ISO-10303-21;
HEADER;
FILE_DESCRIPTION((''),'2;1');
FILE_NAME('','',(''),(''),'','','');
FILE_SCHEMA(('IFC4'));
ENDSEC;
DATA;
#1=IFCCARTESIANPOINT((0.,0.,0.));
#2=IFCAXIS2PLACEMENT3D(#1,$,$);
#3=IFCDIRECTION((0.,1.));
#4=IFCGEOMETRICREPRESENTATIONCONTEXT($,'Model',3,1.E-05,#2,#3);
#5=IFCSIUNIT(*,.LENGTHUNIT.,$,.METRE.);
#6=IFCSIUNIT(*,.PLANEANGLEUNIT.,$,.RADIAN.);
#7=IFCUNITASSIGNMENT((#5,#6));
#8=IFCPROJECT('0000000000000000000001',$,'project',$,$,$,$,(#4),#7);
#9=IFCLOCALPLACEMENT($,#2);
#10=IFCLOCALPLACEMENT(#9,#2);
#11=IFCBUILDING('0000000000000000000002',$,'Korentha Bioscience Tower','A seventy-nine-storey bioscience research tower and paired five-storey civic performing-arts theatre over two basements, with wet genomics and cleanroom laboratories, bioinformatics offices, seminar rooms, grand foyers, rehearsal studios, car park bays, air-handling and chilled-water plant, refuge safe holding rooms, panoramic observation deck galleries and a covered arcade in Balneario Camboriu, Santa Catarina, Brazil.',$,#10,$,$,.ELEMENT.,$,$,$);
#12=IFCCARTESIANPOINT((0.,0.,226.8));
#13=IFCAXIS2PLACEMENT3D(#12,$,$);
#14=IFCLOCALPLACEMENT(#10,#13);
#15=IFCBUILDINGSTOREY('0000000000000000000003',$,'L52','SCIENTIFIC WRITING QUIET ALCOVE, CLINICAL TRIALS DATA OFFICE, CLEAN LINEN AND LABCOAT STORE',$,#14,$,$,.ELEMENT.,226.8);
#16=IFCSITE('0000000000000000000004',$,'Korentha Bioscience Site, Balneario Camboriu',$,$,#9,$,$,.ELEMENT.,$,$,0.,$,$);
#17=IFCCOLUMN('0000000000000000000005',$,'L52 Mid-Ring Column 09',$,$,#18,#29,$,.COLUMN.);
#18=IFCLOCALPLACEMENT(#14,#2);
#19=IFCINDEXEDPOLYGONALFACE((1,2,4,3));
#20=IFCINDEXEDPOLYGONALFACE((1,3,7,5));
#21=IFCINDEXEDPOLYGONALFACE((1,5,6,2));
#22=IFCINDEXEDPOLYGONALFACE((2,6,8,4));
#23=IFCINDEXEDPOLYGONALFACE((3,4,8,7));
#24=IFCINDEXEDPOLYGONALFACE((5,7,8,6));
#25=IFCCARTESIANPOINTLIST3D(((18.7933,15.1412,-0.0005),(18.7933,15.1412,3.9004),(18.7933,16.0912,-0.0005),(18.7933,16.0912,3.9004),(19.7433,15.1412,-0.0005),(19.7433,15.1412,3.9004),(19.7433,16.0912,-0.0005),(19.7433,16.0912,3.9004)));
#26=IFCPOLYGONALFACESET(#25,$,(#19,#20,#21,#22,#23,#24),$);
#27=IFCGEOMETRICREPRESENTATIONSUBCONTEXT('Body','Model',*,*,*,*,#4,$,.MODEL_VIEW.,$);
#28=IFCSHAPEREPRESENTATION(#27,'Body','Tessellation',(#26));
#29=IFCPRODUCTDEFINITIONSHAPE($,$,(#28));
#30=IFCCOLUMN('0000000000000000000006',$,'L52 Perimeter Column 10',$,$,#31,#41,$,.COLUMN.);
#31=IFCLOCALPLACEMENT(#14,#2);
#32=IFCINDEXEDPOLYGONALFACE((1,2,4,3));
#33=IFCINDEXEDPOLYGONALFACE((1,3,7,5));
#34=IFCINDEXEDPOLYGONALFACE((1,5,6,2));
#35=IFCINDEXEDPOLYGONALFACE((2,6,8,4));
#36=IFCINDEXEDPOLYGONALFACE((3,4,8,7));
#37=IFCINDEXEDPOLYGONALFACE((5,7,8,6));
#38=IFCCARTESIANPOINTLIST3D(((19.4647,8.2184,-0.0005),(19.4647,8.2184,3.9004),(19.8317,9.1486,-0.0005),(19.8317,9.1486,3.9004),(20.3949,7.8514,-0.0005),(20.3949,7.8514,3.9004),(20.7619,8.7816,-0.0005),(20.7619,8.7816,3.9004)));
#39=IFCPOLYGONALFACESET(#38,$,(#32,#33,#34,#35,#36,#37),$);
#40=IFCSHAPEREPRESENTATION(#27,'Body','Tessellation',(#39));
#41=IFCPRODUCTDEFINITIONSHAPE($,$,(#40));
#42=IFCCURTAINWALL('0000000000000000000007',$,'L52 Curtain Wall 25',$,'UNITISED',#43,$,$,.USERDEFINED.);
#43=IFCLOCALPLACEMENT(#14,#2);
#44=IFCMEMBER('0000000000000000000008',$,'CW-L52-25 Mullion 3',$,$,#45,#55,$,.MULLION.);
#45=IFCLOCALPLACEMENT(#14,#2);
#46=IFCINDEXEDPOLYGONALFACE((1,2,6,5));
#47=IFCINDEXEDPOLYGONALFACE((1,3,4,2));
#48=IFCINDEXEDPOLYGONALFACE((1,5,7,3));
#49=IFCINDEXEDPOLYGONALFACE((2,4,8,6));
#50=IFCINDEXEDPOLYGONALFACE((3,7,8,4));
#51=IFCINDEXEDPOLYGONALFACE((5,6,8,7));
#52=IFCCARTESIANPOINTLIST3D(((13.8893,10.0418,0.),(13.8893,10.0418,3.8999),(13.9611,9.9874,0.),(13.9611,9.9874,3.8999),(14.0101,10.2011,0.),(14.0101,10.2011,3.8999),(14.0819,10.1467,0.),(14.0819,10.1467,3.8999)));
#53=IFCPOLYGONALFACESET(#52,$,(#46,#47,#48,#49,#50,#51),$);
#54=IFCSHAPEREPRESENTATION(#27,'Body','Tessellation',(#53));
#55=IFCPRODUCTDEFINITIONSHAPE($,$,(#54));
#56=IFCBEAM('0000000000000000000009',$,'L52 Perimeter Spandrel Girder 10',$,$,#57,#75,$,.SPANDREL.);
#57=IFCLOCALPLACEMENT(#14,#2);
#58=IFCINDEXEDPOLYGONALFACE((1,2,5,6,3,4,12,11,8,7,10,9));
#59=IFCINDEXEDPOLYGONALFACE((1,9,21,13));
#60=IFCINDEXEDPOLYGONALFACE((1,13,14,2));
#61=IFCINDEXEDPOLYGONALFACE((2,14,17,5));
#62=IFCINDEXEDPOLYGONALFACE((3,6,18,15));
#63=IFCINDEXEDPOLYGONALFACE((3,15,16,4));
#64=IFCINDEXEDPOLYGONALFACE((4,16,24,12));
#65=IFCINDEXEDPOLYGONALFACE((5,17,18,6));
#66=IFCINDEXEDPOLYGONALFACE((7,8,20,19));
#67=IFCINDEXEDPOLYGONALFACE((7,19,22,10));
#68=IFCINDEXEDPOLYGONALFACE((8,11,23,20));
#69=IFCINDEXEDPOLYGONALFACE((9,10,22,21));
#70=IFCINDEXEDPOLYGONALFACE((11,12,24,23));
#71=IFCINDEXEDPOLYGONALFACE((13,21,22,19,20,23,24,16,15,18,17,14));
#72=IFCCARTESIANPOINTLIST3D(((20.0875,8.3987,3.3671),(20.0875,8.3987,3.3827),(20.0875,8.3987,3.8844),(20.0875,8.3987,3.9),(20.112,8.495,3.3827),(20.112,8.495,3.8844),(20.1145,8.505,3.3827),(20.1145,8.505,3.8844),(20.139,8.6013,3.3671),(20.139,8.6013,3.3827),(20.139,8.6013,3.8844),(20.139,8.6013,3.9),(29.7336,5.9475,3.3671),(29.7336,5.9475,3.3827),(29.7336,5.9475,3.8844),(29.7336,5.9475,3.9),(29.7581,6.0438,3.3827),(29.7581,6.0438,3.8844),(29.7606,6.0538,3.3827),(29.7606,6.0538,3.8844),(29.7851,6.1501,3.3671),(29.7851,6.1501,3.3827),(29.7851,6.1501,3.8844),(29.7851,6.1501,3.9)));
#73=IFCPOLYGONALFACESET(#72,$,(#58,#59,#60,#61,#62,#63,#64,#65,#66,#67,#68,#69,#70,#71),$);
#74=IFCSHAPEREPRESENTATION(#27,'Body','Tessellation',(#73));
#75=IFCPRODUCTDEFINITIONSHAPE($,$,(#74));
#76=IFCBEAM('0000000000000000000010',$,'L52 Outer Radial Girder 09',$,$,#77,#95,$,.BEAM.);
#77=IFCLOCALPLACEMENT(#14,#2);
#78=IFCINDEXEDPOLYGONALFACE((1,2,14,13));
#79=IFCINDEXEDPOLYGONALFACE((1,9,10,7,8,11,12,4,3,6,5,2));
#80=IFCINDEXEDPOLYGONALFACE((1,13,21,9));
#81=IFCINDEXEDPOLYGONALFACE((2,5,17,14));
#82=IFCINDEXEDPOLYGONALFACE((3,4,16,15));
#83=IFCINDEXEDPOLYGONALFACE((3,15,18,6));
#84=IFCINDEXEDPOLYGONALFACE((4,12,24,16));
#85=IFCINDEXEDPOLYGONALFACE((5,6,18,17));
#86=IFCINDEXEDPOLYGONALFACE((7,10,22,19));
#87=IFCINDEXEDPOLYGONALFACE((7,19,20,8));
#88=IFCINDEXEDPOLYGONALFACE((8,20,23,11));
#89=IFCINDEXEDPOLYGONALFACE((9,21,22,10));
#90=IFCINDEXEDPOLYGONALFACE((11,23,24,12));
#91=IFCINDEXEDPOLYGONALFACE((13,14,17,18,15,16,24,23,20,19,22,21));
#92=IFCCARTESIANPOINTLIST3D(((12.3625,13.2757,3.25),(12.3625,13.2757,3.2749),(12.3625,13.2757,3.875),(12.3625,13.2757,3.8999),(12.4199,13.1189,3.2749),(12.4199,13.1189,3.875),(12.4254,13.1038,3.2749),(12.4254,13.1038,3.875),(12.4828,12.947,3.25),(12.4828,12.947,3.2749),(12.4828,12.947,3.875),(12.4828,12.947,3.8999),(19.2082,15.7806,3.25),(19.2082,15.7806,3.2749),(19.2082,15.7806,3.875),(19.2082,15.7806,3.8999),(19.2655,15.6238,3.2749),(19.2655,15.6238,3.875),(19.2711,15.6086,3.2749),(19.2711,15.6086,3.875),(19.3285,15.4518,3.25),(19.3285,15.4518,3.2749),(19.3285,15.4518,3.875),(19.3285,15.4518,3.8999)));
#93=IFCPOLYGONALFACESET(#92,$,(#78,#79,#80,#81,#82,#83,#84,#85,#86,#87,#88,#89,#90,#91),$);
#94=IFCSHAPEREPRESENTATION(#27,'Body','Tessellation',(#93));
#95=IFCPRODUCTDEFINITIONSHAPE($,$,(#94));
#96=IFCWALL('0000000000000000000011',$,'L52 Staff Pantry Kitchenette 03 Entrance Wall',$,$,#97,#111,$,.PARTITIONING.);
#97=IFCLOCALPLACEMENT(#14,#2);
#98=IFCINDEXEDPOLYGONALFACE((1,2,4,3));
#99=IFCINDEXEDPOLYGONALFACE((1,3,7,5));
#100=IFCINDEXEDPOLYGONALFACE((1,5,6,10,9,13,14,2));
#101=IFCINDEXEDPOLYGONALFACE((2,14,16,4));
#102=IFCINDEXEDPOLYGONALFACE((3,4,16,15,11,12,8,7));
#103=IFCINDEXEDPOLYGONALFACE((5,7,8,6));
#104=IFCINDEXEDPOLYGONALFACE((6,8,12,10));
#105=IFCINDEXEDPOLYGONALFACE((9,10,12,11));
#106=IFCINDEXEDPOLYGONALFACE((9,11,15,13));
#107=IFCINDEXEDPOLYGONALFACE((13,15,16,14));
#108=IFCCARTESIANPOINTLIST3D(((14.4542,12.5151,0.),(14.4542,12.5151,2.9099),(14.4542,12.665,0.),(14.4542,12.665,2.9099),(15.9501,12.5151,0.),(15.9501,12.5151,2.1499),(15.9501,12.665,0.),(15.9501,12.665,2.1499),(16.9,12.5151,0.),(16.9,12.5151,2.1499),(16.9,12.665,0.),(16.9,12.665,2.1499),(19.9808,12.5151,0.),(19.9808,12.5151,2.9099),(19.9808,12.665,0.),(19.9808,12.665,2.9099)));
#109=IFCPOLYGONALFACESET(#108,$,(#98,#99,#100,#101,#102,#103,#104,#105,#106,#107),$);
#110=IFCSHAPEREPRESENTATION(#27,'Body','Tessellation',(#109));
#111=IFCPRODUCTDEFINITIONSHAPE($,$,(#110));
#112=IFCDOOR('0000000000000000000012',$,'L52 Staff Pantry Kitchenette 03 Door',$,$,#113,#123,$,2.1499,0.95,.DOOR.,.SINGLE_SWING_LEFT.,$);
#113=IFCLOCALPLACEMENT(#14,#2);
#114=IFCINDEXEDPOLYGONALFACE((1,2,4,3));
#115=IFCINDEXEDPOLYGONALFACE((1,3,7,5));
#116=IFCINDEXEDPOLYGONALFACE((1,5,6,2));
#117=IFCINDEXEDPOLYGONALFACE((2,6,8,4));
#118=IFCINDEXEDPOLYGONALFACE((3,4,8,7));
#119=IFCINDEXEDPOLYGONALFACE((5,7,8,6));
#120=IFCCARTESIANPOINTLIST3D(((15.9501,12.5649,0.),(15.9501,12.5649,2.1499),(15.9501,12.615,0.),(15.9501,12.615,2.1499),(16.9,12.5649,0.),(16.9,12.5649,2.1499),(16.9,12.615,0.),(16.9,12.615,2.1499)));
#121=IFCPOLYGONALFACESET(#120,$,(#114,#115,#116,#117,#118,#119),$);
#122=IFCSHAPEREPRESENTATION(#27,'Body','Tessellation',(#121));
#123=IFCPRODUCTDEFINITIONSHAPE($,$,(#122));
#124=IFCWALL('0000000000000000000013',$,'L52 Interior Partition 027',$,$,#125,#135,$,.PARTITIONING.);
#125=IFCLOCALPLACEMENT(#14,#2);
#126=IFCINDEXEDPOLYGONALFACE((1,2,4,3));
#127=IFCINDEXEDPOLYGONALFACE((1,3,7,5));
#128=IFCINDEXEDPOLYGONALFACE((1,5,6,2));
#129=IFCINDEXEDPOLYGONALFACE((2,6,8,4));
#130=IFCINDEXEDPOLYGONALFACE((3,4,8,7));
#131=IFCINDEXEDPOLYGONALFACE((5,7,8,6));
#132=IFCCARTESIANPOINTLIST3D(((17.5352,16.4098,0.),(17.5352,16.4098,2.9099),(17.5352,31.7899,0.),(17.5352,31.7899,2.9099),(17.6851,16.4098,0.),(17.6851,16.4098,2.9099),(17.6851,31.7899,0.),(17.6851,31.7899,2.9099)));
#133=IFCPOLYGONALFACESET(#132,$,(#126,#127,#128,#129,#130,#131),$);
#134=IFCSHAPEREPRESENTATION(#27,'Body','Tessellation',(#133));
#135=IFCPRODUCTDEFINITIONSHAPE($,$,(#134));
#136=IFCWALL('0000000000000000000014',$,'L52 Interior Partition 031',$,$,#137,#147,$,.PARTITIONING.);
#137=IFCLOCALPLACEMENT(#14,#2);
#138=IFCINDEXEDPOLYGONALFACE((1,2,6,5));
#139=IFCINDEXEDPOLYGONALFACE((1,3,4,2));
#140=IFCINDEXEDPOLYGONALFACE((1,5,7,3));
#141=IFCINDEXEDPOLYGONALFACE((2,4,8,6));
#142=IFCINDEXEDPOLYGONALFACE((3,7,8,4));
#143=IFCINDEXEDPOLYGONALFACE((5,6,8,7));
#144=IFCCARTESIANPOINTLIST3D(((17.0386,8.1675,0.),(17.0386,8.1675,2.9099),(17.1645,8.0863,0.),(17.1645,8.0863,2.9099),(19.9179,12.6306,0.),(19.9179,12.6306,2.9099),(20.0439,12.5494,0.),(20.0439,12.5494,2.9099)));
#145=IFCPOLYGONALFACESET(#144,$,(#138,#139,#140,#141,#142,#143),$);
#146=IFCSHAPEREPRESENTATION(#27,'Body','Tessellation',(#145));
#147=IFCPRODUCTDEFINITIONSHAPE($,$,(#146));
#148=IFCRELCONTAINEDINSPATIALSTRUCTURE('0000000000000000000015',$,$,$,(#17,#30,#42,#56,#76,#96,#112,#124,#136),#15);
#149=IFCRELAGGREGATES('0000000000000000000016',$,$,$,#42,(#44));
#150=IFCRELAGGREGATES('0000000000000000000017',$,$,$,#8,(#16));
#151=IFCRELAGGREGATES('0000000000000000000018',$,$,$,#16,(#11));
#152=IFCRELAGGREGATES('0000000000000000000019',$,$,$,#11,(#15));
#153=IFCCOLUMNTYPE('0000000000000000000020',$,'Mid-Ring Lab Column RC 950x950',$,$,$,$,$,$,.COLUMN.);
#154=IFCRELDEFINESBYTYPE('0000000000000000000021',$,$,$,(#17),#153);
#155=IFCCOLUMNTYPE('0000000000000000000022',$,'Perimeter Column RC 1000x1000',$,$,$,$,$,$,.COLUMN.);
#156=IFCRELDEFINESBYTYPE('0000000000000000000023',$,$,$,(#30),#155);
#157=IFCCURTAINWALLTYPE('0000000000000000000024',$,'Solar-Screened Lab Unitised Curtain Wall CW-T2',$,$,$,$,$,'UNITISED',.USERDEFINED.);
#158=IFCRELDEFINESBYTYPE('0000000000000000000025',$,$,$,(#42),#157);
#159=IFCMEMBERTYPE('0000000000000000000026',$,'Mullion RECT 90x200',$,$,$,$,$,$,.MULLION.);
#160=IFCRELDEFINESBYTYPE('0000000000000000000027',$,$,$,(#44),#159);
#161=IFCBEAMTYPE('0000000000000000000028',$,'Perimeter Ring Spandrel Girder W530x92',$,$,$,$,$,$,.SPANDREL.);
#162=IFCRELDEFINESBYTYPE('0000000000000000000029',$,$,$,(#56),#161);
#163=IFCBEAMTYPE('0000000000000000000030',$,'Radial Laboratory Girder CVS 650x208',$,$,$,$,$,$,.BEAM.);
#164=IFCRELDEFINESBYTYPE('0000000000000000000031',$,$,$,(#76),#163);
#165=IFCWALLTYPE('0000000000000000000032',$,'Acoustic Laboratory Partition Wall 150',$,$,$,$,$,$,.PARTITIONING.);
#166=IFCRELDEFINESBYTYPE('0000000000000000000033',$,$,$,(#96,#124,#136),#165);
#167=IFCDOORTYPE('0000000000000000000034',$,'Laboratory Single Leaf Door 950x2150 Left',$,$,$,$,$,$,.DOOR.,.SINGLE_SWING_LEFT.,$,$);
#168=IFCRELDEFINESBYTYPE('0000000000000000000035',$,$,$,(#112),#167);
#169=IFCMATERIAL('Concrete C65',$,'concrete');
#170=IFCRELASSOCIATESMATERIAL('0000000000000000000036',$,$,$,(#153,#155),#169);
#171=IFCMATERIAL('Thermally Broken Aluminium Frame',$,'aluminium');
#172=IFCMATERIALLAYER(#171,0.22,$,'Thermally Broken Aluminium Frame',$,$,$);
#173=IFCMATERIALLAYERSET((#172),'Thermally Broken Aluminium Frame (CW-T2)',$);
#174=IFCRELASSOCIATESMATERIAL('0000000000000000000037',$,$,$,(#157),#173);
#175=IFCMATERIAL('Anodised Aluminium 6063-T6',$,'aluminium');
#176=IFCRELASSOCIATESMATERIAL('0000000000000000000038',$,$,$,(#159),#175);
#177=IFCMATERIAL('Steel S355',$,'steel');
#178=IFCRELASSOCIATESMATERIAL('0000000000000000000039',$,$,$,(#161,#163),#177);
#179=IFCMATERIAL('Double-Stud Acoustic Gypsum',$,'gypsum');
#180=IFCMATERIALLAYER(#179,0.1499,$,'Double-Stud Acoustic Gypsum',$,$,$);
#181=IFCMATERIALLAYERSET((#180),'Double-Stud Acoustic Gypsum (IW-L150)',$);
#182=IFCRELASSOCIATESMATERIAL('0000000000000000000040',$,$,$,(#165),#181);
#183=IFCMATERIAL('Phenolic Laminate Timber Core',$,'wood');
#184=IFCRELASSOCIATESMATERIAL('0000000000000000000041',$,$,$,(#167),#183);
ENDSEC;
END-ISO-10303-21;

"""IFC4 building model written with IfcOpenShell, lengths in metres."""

from ifc_helpers import new_model, si_unit, direction, frame, frame_2d, origin, origin_2d, place, context, subcontext, project, spatial, rectangle, i_section, extrude, material, layer, layer_set, material_profile, profile_set, type_object, element, fill, aggregate, save


model = new_model("IFC4")

# Units and contexts
model_context = context("Model", 3, precision=1e-05, world=origin(), true_north=direction((0.0, 1.0)))
body_context = subcontext(model_context, "Body", "Model", "MODEL_VIEW")
ifc_project = project(units=[si_unit("LENGTHUNIT", "METRE"), si_unit("PLANEANGLEUNIT", "RADIAN")], contexts=[model_context])

# Site, building, storey
site_placement = place(None, origin())
site = spatial("IfcSite", under=ifc_project, at=site_placement, Name="Korentha Bioscience Site, Balneario Camboriu", CompositionType="ELEMENT", RefElevation=0.0)
building_placement = place(site_placement, origin())
building = spatial("IfcBuilding", under=site, at=building_placement, Name="Korentha Bioscience Tower", Description="A seventy-nine-storey bioscience research tower and paired five-storey civic performing-arts theatre over two basements, with wet genomics and cleanroom laboratories, bioinformatics offices, seminar rooms, grand foyers, rehearsal studios, car park bays, air-handling and chilled-water plant, refuge safe holding rooms, panoramic observation deck galleries and a covered arcade in Balneario Camboriu, Santa Catarina, Brazil.", CompositionType="ELEMENT")
storey_placement = place(building_placement, frame((0.0, 0.0, 226.8)))
storey = spatial("IfcBuildingStorey", under=building, at=storey_placement, Name="L52", Description="SCIENTIFIC WRITING QUIET ALCOVE, CLINICAL TRIALS DATA OFFICE, CLEAN LINEN AND LABCOAT STORE", CompositionType="ELEMENT", Elevation=226.8)

# Columns
ifc_material_1 = material(Name="Concrete C65", Category="concrete")
ifc_material_profile_1 = material_profile(ifc_material_1, rectangle(XDim=0.95, YDim=0.95, at=origin_2d()), Name="Concrete C65")
ifc_profile_set_1 = profile_set([ifc_material_profile_1], Name="Concrete C65 (COL-MR09)")
column_type_1 = type_object("IfcColumnType", Name="Mid-Ring Lab Column RC 950x950", PredefinedType="COLUMN", material=ifc_profile_set_1)
column_1_placement = place(storey_placement, frame((19.2683, 15.6162, -0.0005), z_axis=(0.0, 0.0, 1.0), x_axis=(1.0, 0.0, 0.0)))
element("IfcColumn", 1, at=column_1_placement, inside=storey, type_object=column_type_1, Name="L52 Mid-Ring Column 09", PredefinedType="COLUMN", context=body_context, shape_type="SweptSolid", body=[
    extrude(rectangle(XDim=0.95, YDim=0.95, at=origin_2d()), origin(), (0.0, 0.0, 1.0), 3.9009),
])
ifc_material_profile_2 = material_profile(ifc_material_1, rectangle(XDim=1.0, YDim=1.0, at=origin_2d()), Name="Concrete C65")
ifc_profile_set_2 = profile_set([ifc_material_profile_2], Name="Concrete C65 (COL-P10)")
column_type_2 = type_object("IfcColumnType", Name="Perimeter Column RC 1000x1000", PredefinedType="COLUMN", material=ifc_profile_set_2)
column_2_placement = place(storey_placement, frame((20.1133, 8.5, -0.0005), z_axis=(0.0, 0.0, 1.0), x_axis=(-0.930226, 0.366988, 0.0)))
element("IfcColumn", 2, at=column_2_placement, inside=storey, type_object=column_type_2, Name="L52 Perimeter Column 10", PredefinedType="COLUMN", context=body_context, shape_type="SweptSolid", body=[
    extrude(rectangle(XDim=1.0, YDim=1.0, at=origin_2d()), origin(), (0.0, 0.0, 1.0), 3.9009),
])

# Curtain wall, member
ifc_material_2 = material(Name="Thermally Broken Aluminium Frame", Category="aluminium")
ifc_layer_1 = layer(ifc_material_2, 0.22, Name="Thermally Broken Aluminium Frame")
ifc_layer_set_1 = layer_set([ifc_layer_1], Name="Thermally Broken Aluminium Frame (CW-T2)")
curtain_wall_type = type_object("IfcCurtainWallType", Name="Solar-Screened Lab Unitised Curtain Wall CW-T2", ElementType="UNITISED", PredefinedType="USERDEFINED", material=ifc_layer_set_1)
curtain_wall_placement = place(storey_placement, origin())
curtain_wall = element("IfcCurtainWall", 3, at=curtain_wall_placement, inside=storey, type_object=curtain_wall_type, Name="L52 Curtain Wall 25", ObjectType="UNITISED", PredefinedType="USERDEFINED")
ifc_material_3 = material(Name="Anodised Aluminium 6063-T6", Category="aluminium")
ifc_material_profile_3 = material_profile(ifc_material_3, rectangle(XDim=0.0901, YDim=0.2, at=origin_2d()), Name="Anodised Aluminium 6063-T6")
ifc_profile_set_3 = profile_set([ifc_material_profile_3], Name="Anodised Aluminium 6063-T6 (CW-MUL)")
member_type = type_object("IfcMemberType", Name="Mullion RECT 90x200", PredefinedType="MULLION", material=ifc_profile_set_3)
member_placement = place(storey_placement, frame((13.9856, 10.0942, 0.0), z_axis=(0.0, 0.0, 1.0), x_axis=(0.796889, -0.604126, 0.0)))
member = element("IfcMember", 4, at=member_placement, type_object=member_type, Name="CW-L52-25 Mullion 3", PredefinedType="MULLION", context=body_context, shape_type="SweptSolid", body=[
    extrude(rectangle(XDim=0.0901, YDim=0.2, at=origin_2d()), origin(), (0.0, 0.0, 1.0), 3.8999),
])
aggregate(curtain_wall, [member])

# Beams
ifc_material_4 = material(Name="Steel S355", Category="steel")
ifc_material_profile_4 = material_profile(ifc_material_4, i_section(OverallWidth=0.209, OverallDepth=0.533, WebThickness=0.0103, FlangeThickness=0.0156, at=origin_2d()), Name="Steel S355")
ifc_profile_set_4 = profile_set([ifc_material_profile_4], Name="Steel S355 (SB-530)")
beam_type_1 = type_object("IfcBeamType", Name="Perimeter Ring Spandrel Girder W530x92", PredefinedType="SPANDREL", material=ifc_profile_set_4)
beam_1_placement = place(storey_placement, frame((20.1133, 8.5, 3.6335), z_axis=(0.969197, -0.246286, 0.0), x_axis=(0.246286, 0.969197, 0.0)))
element("IfcBeam", 5, at=beam_1_placement, inside=storey, type_object=beam_type_1, Name="L52 Perimeter Spandrel Girder 10", PredefinedType="SPANDREL", context=body_context, shape_type="SweptSolid", body=[
    extrude(i_section(OverallWidth=0.209, OverallDepth=0.533, WebThickness=0.0103, FlangeThickness=0.0156, at=origin_2d()), origin(), (0.0, 0.0, 1.0), 9.9526),
])
ifc_material_profile_5 = material_profile(ifc_material_4, i_section(OverallWidth=0.3501, OverallDepth=0.6499, WebThickness=0.0161, FlangeThickness=0.0249, at=origin_2d()), Name="Steel S355")
ifc_profile_set_5 = profile_set([ifc_material_profile_5], Name="Steel S355 (RB-650)")
beam_type_2 = type_object("IfcBeamType", Name="Radial Laboratory Girder CVS 650x208", PredefinedType="BEAM", material=ifc_profile_set_5)
beam_2_placement = place(storey_placement, frame((19.2683, 15.6162, 3.575), z_axis=(-0.939107, -0.343625, 0.0), x_axis=(0.343625, -0.939107, 0.0)))
element("IfcBeam", 6, at=beam_2_placement, inside=storey, type_object=beam_type_2, Name="L52 Outer Radial Girder 09", PredefinedType="BEAM", context=body_context, shape_type="SweptSolid", body=[
    extrude(i_section(OverallWidth=0.3501, OverallDepth=0.6499, WebThickness=0.0161, FlangeThickness=0.0249, at=origin_2d()), origin(), (0.0, 0.0, 1.0), 7.2896),
])

# Wall, opening, door
ifc_material_5 = material(Name="Double-Stud Acoustic Gypsum", Category="gypsum")
ifc_layer_2 = layer(ifc_material_5, 0.1499, Name="Double-Stud Acoustic Gypsum")
ifc_layer_set_2 = layer_set([ifc_layer_2], Name="Double-Stud Acoustic Gypsum (IW-L150)")
wall_type_1 = type_object("IfcWallType", Name="Acoustic Laboratory Partition Wall 150", PredefinedType="PARTITIONING", material=ifc_layer_set_2)
wall_1_placement = place(storey_placement, frame((14.4543, 12.5901, 0.0), z_axis=(0.0, 0.0, 1.0), x_axis=(1.0, 0.0, 0.0)))
wall_1 = element("IfcWall", 7, at=wall_1_placement, inside=storey, type_object=wall_type_1, Name="L52 Staff Pantry Kitchenette 03 Entrance Wall", PredefinedType="PARTITIONING", context=body_context, shape_type="SweptSolid", body=[
    extrude(rectangle(XDim=5.5266, YDim=0.1499, at=frame_2d((2.7632, 0.0))), origin(), (0.0, 0.0, 1.0), 2.9099),
])
opening_1_placement = place(wall_1_placement, frame((1.4956, 0.0, 0.0)))
opening_1 = element("IfcOpeningElement", 8, at=opening_1_placement, cuts=wall_1, PredefinedType="OPENING", context=body_context, shape_type="SweptSolid", body=[
    extrude(rectangle(XDim=0.95, YDim=2.1499, at=frame_2d((0.4751, 1.075))), frame((0.0, 0.0898, 0.0), z_axis=(0.0, -1.0, 0.0), x_axis=(1.0, 0.0, 0.0)), (0.0, 0.0, 1.0), 0.1797),
])
ifc_material_6 = material(Name="Phenolic Laminate Timber Core", Category="wood")
door_type_1 = type_object("IfcDoorType", Name="Laboratory Single Leaf Door 950x2150 Left", OperationType="SINGLE_SWING_LEFT", PredefinedType="DOOR", material=ifc_material_6)
door_1_placement = place(opening_1_placement, origin())
door_1 = element("IfcDoor", 9, at=door_1_placement, inside=storey, type_object=door_type_1, Name="L52 Staff Pantry Kitchenette 03 Door", OperationType="SINGLE_SWING_LEFT", OverallHeight=2.1499, OverallWidth=0.95, PredefinedType="DOOR", context=body_context, shape_type="SweptSolid", body=[
    extrude(rectangle(XDim=0.95, YDim=2.1499, at=frame_2d((0.4751, 1.075))), frame((0.0, 0.0249, 0.0), z_axis=(0.0, -1.0, 0.0), x_axis=(1.0, 0.0, 0.0)), (0.0, 0.0, 1.0), 0.05),
])
fill(opening_1, door_1)

# Walls
wall_2_placement = place(storey_placement, frame((17.6101, 16.4099, 0.0), z_axis=(0.0, 0.0, 1.0), x_axis=(0.0, 1.0, 0.0)))
element("IfcWall", 10, at=wall_2_placement, inside=storey, type_object=wall_type_1, Name="L52 Interior Partition 027", PredefinedType="PARTITIONING", context=body_context, shape_type="SweptSolid", body=[
    extrude(rectangle(XDim=15.3801, YDim=0.1499, at=frame_2d((7.6899, 0.0))), origin(), (0.0, 0.0, 1.0), 2.9099),
])
wall_3_placement = place(storey_placement, frame((19.981, 12.5901, 0.0), z_axis=(0.0, 0.0, 1.0), x_axis=(-0.542121, -0.840301, 0.0)))
element("IfcWall", 11, at=wall_3_placement, inside=storey, type_object=wall_type_1, Name="L52 Interior Partition 031", PredefinedType="PARTITIONING", context=body_context, shape_type="SweptSolid", body=[
    extrude(rectangle(XDim=5.3113, YDim=0.1499, at=frame_2d((2.6558, 0.0))), origin(), (0.0, 0.0, 1.0), 2.9099),
])

save(model, "model.ifc")
